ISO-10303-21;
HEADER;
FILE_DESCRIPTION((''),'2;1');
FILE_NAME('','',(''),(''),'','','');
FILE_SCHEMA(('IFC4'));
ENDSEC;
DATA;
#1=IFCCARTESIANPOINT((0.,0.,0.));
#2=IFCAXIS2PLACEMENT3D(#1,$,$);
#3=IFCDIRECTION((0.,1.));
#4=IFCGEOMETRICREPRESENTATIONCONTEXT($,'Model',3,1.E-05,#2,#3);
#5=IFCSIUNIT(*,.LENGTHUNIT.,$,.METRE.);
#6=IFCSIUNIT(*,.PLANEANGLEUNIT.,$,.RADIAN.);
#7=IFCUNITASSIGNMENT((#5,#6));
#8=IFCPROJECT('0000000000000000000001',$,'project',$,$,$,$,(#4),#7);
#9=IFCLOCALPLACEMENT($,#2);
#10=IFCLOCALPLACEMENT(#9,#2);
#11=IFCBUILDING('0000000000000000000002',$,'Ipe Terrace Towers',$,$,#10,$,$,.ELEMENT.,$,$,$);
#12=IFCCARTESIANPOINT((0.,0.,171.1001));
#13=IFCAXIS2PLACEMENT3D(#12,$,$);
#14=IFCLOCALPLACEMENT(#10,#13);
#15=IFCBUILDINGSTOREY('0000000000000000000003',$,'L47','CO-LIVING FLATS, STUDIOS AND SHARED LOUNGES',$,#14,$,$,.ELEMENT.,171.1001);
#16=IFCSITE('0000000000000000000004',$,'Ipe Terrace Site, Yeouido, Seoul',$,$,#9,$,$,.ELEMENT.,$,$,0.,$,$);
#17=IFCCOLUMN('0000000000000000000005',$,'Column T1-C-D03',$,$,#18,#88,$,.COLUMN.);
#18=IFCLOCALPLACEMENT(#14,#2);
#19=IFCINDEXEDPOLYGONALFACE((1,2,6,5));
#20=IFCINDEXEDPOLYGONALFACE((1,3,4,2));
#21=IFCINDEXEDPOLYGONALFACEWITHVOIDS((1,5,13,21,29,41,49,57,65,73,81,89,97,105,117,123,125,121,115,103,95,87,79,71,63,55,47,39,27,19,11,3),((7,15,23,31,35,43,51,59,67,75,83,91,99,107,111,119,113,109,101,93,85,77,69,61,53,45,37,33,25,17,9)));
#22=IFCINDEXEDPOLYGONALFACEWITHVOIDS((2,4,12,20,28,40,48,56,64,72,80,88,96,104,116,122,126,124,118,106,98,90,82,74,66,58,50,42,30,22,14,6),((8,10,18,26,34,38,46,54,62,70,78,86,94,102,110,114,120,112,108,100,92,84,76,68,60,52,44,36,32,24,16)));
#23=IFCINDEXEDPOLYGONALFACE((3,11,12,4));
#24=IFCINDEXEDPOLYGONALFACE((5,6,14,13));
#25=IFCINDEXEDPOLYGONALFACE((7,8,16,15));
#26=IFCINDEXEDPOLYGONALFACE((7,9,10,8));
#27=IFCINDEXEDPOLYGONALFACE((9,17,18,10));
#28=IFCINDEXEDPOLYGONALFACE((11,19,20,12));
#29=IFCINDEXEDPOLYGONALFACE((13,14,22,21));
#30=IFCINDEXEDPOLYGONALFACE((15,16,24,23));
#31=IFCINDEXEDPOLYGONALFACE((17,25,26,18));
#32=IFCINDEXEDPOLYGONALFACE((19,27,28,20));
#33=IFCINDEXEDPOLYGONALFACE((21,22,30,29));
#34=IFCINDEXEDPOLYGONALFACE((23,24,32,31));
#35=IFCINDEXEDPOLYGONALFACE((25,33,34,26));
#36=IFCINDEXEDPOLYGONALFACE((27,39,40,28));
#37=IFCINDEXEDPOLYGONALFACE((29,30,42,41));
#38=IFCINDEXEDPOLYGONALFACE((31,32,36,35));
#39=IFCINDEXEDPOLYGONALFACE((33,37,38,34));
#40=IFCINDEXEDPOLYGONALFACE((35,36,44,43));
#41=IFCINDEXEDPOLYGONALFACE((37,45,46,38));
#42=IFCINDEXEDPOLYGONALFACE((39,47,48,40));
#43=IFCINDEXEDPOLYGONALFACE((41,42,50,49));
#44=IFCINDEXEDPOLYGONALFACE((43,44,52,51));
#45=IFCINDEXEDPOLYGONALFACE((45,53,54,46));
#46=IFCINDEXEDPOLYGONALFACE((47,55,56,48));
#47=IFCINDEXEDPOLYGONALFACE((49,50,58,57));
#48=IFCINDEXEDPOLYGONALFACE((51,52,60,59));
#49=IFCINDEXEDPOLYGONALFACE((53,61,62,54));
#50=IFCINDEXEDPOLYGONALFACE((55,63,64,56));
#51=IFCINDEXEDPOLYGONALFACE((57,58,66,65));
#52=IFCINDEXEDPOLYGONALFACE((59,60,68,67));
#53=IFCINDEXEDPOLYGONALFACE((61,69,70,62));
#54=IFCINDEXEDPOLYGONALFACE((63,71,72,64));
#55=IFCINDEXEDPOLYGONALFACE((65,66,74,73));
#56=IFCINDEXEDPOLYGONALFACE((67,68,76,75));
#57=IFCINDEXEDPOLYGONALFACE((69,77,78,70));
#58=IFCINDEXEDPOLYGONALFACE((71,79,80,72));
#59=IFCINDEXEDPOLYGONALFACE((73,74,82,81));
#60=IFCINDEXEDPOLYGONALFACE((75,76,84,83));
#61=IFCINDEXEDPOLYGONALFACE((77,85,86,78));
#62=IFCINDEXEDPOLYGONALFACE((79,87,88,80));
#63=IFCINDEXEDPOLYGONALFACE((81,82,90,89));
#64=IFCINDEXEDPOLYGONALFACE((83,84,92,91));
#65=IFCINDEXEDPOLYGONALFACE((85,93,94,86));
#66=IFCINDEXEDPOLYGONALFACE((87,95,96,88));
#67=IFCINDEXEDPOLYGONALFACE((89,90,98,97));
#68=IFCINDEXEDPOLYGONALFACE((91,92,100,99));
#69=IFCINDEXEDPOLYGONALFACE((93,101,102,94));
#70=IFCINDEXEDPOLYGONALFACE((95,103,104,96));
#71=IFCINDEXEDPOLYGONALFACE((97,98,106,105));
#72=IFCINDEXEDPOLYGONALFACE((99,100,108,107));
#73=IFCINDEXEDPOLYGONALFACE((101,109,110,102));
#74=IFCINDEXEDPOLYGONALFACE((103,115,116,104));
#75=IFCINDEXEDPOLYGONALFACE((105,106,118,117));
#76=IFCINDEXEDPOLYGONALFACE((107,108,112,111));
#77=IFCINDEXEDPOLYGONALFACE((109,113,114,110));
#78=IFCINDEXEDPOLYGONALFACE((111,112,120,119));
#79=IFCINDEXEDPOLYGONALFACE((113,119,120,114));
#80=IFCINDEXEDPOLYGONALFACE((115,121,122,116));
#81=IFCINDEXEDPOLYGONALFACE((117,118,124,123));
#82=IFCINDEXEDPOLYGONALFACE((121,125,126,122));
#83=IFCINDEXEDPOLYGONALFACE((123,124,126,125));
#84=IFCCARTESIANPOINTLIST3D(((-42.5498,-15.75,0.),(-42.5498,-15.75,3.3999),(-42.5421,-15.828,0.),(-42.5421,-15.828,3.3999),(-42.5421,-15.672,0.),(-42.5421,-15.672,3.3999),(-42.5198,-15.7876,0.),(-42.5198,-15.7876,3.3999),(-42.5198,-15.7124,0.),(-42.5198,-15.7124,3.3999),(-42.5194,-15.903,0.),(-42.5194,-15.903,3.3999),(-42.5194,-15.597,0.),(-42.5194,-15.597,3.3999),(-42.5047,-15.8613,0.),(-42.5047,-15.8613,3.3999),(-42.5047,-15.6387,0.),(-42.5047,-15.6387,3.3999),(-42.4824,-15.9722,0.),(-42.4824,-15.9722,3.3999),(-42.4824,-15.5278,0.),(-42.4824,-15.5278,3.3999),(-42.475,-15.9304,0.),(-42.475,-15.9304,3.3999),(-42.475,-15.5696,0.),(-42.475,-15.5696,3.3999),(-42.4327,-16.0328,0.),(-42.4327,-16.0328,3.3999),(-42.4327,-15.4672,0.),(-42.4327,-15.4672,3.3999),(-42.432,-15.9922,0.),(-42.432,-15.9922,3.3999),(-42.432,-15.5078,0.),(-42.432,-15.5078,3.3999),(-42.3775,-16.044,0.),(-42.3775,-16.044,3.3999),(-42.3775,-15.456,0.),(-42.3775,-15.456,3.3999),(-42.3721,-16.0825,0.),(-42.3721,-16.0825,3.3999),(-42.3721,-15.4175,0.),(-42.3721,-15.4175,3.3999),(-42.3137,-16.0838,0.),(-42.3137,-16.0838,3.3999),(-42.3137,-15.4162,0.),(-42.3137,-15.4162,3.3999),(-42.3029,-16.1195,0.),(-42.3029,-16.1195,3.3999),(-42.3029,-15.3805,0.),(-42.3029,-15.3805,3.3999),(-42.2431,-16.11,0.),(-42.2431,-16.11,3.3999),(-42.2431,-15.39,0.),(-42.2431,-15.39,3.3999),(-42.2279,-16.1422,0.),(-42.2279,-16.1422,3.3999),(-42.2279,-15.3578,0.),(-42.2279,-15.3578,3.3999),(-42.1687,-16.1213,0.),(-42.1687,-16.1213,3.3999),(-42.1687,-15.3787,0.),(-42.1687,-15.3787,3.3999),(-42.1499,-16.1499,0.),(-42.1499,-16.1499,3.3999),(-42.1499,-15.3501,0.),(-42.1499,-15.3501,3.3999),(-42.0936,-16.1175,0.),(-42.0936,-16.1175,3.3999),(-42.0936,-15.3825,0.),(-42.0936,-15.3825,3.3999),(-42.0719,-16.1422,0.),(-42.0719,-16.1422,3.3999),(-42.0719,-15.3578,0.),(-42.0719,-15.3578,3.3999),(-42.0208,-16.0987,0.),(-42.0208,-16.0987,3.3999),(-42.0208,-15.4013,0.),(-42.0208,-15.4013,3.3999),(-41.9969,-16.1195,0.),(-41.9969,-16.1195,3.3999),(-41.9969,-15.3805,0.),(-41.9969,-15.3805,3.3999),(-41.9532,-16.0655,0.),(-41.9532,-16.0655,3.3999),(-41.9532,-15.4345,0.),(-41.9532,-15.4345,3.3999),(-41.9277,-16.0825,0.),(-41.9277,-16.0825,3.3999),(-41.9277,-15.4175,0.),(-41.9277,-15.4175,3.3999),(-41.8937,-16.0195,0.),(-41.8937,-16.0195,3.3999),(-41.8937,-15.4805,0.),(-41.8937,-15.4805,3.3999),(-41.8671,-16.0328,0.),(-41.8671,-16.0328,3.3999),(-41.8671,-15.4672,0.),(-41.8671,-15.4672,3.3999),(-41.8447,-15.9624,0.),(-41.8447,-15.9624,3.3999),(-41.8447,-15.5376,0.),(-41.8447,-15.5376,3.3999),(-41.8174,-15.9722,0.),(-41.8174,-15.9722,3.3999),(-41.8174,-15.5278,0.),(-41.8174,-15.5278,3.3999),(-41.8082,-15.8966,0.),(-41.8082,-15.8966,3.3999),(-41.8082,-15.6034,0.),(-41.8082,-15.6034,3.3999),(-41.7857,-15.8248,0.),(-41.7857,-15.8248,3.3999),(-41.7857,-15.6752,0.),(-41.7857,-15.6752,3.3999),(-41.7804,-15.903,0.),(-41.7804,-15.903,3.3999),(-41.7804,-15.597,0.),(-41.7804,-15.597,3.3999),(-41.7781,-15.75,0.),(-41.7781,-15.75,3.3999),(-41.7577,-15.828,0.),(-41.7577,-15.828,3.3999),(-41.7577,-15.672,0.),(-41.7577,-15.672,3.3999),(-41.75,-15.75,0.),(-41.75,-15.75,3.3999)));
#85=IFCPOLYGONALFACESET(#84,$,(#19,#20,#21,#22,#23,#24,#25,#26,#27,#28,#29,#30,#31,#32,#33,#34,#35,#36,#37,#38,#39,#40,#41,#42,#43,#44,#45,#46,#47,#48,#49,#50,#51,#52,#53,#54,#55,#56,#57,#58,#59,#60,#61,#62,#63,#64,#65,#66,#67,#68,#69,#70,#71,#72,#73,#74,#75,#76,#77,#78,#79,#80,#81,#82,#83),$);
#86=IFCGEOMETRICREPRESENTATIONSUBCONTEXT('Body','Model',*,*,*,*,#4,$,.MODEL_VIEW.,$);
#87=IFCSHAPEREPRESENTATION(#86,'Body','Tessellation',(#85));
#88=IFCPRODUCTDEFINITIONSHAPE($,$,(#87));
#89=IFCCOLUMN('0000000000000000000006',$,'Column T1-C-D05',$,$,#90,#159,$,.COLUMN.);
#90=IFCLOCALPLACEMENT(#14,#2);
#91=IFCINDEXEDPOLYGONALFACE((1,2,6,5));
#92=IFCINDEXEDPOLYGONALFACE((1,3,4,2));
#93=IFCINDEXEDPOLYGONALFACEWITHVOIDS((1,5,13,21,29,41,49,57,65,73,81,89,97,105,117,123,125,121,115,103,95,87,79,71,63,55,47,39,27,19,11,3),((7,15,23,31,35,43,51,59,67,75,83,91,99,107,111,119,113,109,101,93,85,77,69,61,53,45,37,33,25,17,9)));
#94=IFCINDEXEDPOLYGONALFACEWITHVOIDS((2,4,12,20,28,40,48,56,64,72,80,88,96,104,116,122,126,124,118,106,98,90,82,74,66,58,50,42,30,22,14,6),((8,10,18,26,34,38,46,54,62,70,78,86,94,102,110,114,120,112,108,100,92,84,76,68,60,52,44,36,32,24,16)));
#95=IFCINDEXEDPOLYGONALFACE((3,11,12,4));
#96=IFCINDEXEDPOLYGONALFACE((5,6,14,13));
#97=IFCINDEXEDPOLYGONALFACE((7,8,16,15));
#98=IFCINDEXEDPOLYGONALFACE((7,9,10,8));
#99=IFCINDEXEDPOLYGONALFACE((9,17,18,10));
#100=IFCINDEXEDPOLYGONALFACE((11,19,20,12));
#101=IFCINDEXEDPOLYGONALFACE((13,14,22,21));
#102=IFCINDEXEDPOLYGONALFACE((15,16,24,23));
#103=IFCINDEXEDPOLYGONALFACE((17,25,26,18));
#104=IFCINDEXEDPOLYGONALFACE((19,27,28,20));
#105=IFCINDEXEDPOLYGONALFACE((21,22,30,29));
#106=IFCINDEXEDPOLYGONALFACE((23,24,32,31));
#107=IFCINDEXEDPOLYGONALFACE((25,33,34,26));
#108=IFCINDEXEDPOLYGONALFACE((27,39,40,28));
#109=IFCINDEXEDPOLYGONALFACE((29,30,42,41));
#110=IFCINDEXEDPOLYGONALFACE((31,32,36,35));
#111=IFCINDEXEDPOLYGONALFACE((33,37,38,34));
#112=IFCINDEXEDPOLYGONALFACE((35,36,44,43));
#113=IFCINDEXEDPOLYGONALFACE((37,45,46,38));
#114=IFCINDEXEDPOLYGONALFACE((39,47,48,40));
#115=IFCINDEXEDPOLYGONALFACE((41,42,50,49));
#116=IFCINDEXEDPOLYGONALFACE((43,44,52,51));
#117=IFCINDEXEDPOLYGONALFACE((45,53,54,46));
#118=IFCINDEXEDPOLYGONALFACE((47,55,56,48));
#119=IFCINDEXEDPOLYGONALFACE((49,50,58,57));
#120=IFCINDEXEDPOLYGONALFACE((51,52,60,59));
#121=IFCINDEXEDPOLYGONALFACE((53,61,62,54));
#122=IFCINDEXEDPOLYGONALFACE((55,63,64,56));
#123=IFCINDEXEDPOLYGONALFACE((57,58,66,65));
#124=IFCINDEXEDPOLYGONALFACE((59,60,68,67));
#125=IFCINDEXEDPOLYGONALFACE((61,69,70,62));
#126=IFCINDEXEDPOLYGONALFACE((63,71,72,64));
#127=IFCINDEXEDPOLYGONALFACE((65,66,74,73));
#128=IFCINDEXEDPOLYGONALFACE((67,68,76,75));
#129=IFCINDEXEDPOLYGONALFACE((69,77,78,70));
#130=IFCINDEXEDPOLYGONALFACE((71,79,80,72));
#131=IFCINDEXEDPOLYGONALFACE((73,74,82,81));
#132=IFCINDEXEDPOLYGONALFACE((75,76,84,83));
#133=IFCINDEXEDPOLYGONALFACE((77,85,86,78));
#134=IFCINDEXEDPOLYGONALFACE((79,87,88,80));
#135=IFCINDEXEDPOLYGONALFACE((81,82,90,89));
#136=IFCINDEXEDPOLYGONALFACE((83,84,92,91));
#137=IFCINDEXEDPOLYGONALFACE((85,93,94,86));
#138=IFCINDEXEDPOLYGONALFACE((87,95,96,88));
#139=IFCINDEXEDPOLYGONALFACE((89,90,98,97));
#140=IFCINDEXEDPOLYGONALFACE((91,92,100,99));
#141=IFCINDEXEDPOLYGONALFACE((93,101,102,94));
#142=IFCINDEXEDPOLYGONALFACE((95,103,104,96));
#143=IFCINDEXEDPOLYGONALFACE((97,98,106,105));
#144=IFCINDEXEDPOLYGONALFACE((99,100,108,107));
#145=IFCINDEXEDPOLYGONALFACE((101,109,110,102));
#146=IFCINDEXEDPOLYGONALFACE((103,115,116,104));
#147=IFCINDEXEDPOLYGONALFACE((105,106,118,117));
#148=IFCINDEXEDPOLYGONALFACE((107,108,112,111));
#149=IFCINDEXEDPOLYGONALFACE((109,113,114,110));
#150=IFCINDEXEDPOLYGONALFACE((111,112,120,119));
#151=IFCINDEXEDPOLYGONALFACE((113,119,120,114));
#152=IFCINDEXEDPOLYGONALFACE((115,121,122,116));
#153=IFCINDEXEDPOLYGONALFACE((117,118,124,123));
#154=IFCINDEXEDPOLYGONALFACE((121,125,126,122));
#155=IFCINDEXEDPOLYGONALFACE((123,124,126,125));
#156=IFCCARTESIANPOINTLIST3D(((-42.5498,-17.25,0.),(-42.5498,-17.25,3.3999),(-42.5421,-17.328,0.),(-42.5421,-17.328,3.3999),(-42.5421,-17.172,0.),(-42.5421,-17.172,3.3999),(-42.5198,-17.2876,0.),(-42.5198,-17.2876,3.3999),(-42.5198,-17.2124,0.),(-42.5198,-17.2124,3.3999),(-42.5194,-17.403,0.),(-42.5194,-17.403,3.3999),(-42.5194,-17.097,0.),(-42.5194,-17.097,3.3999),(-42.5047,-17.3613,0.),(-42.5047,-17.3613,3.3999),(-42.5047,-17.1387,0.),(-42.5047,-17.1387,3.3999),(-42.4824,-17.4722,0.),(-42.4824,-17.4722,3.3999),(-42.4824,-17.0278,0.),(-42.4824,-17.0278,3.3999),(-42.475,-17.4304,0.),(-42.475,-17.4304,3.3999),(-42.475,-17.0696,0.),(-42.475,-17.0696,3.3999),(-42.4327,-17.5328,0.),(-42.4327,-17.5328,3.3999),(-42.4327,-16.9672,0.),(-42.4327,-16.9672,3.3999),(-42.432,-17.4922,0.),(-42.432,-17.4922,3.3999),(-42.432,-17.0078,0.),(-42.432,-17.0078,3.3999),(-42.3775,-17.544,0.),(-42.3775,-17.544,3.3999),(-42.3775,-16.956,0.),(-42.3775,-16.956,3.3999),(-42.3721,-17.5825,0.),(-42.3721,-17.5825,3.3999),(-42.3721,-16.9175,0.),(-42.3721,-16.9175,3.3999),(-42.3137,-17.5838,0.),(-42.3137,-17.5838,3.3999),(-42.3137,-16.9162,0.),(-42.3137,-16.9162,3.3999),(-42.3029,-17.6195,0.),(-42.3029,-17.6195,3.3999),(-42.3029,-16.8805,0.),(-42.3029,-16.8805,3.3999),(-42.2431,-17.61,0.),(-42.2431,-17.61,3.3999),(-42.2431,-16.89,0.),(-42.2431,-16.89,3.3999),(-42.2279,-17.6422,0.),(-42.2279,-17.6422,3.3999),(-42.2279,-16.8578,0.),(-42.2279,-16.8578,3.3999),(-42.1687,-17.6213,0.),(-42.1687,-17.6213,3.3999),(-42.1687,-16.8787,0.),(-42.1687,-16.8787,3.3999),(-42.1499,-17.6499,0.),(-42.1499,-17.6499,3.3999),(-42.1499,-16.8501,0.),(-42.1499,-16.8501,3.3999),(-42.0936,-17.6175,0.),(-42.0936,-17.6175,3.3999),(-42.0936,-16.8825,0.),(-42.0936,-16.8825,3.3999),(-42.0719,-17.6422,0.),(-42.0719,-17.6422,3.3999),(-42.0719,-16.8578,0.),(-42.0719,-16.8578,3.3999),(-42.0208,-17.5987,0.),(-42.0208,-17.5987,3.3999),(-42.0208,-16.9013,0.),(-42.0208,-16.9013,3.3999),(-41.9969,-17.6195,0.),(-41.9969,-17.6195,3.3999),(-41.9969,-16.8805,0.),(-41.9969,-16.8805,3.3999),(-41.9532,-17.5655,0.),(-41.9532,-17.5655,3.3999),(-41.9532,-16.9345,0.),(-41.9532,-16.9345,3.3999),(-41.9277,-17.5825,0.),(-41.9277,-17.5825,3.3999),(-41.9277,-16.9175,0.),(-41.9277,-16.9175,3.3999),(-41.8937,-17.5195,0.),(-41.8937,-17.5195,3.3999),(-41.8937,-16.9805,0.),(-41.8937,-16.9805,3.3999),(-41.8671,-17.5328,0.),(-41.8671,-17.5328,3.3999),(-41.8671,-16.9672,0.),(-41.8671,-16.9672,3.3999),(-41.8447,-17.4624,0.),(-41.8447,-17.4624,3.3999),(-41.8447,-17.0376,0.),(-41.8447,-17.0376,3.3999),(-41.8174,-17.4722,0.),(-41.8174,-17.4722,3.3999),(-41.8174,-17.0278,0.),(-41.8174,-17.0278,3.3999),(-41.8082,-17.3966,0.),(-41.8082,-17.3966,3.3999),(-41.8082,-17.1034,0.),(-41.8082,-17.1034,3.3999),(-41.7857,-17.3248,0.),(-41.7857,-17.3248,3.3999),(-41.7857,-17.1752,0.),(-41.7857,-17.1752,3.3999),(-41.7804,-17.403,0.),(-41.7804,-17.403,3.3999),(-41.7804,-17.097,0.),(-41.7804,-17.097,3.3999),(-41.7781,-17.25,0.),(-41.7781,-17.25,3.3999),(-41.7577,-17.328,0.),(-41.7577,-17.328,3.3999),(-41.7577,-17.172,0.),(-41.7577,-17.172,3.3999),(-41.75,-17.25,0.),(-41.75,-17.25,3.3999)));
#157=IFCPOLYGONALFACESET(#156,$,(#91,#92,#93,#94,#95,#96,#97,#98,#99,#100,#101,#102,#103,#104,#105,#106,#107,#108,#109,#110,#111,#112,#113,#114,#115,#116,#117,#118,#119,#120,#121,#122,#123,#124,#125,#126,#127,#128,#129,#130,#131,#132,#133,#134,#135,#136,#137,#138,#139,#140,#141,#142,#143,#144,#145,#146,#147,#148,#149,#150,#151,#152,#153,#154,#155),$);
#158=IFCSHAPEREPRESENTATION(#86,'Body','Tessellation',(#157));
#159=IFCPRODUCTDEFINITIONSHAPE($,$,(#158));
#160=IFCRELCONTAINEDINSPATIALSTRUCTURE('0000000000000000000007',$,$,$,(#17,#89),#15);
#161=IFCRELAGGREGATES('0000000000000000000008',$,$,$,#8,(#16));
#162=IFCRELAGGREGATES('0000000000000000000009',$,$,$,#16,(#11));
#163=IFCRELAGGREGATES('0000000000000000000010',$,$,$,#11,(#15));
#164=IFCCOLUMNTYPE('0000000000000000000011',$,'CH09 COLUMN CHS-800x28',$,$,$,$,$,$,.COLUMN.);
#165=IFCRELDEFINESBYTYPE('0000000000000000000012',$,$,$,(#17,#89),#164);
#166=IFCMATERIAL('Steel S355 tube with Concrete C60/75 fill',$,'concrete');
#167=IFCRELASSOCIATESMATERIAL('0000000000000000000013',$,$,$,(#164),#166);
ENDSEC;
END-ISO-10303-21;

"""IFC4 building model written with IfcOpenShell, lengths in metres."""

from ifc_helpers import new_model, si_unit, direction, frame, origin, origin_2d, place, context, subcontext, project, spatial, hollow_circle, extrude, material, material_profile, profile_set, type_object, element, save


model = new_model("IFC4")

# Units and contexts
model_context = context("Model", 3, precision=1e-05, world=origin(), true_north=direction((0.0, 1.0)))
body_context = subcontext(model_context, "Body", "Model", "MODEL_VIEW")
ifc_project = project(units=[si_unit("LENGTHUNIT", "METRE"), si_unit("PLANEANGLEUNIT", "RADIAN")], contexts=[model_context])

# Site, building, storey
site_placement = place(None, origin())
site = spatial("IfcSite", under=ifc_project, at=site_placement, Name="Ipe Terrace Site, Yeouido, Seoul", CompositionType="ELEMENT", RefElevation=0.0)
building_placement = place(site_placement, origin())
building = spatial("IfcBuilding", under=site, at=building_placement, Name="Ipe Terrace Towers", CompositionType="ELEMENT")
storey_placement = place(building_placement, frame((0.0, 0.0, 171.1001)))
storey = spatial("IfcBuildingStorey", under=building, at=storey_placement, Name="L47", Description="CO-LIVING FLATS, STUDIOS AND SHARED LOUNGES", CompositionType="ELEMENT", Elevation=171.1001)

# Columns
ifc_material_1 = material(Name="Steel S355 tube with Concrete C60/75 fill", Category="concrete")
ifc_material_profile_1 = material_profile(ifc_material_1, hollow_circle(Radius=0.3999, WallThickness=0.0281, at=origin_2d()), Name="CHS-800x28")
ifc_profile_set_1 = profile_set([ifc_material_profile_1], Name="Steel S355 tube with Concrete C60/75 fill")
column_type_1 = type_object("IfcColumnType", Name="CH09 COLUMN CHS-800x28", PredefinedType="COLUMN", material=ifc_profile_set_1)
for number, where, z_axis, x_axis, name in (
    (1, (-42.1499, -15.75, 0.0), (0.0, 0.0, 1.0), (1.0, 0.0, 0.0), "Column T1-C-D03"),
    (2, (-42.1499, -17.25, 0.0), (0.0, 0.0, 1.0), (1.0, 0.0, 0.0), "Column T1-C-D05"),
):
    element("IfcColumn", number, at=place(storey_placement, frame(where, z_axis=z_axis, x_axis=x_axis)), inside=storey, type_object=column_type_1, Name=name, PredefinedType="COLUMN", context=body_context, shape_type="SweptSolid", body=[
        extrude(hollow_circle(Radius=0.3999, WallThickness=0.0281, at=origin_2d()), origin(), (0.0, 0.0, 1.0), 3.3999),
    ])

save(model, "model.ifc")
